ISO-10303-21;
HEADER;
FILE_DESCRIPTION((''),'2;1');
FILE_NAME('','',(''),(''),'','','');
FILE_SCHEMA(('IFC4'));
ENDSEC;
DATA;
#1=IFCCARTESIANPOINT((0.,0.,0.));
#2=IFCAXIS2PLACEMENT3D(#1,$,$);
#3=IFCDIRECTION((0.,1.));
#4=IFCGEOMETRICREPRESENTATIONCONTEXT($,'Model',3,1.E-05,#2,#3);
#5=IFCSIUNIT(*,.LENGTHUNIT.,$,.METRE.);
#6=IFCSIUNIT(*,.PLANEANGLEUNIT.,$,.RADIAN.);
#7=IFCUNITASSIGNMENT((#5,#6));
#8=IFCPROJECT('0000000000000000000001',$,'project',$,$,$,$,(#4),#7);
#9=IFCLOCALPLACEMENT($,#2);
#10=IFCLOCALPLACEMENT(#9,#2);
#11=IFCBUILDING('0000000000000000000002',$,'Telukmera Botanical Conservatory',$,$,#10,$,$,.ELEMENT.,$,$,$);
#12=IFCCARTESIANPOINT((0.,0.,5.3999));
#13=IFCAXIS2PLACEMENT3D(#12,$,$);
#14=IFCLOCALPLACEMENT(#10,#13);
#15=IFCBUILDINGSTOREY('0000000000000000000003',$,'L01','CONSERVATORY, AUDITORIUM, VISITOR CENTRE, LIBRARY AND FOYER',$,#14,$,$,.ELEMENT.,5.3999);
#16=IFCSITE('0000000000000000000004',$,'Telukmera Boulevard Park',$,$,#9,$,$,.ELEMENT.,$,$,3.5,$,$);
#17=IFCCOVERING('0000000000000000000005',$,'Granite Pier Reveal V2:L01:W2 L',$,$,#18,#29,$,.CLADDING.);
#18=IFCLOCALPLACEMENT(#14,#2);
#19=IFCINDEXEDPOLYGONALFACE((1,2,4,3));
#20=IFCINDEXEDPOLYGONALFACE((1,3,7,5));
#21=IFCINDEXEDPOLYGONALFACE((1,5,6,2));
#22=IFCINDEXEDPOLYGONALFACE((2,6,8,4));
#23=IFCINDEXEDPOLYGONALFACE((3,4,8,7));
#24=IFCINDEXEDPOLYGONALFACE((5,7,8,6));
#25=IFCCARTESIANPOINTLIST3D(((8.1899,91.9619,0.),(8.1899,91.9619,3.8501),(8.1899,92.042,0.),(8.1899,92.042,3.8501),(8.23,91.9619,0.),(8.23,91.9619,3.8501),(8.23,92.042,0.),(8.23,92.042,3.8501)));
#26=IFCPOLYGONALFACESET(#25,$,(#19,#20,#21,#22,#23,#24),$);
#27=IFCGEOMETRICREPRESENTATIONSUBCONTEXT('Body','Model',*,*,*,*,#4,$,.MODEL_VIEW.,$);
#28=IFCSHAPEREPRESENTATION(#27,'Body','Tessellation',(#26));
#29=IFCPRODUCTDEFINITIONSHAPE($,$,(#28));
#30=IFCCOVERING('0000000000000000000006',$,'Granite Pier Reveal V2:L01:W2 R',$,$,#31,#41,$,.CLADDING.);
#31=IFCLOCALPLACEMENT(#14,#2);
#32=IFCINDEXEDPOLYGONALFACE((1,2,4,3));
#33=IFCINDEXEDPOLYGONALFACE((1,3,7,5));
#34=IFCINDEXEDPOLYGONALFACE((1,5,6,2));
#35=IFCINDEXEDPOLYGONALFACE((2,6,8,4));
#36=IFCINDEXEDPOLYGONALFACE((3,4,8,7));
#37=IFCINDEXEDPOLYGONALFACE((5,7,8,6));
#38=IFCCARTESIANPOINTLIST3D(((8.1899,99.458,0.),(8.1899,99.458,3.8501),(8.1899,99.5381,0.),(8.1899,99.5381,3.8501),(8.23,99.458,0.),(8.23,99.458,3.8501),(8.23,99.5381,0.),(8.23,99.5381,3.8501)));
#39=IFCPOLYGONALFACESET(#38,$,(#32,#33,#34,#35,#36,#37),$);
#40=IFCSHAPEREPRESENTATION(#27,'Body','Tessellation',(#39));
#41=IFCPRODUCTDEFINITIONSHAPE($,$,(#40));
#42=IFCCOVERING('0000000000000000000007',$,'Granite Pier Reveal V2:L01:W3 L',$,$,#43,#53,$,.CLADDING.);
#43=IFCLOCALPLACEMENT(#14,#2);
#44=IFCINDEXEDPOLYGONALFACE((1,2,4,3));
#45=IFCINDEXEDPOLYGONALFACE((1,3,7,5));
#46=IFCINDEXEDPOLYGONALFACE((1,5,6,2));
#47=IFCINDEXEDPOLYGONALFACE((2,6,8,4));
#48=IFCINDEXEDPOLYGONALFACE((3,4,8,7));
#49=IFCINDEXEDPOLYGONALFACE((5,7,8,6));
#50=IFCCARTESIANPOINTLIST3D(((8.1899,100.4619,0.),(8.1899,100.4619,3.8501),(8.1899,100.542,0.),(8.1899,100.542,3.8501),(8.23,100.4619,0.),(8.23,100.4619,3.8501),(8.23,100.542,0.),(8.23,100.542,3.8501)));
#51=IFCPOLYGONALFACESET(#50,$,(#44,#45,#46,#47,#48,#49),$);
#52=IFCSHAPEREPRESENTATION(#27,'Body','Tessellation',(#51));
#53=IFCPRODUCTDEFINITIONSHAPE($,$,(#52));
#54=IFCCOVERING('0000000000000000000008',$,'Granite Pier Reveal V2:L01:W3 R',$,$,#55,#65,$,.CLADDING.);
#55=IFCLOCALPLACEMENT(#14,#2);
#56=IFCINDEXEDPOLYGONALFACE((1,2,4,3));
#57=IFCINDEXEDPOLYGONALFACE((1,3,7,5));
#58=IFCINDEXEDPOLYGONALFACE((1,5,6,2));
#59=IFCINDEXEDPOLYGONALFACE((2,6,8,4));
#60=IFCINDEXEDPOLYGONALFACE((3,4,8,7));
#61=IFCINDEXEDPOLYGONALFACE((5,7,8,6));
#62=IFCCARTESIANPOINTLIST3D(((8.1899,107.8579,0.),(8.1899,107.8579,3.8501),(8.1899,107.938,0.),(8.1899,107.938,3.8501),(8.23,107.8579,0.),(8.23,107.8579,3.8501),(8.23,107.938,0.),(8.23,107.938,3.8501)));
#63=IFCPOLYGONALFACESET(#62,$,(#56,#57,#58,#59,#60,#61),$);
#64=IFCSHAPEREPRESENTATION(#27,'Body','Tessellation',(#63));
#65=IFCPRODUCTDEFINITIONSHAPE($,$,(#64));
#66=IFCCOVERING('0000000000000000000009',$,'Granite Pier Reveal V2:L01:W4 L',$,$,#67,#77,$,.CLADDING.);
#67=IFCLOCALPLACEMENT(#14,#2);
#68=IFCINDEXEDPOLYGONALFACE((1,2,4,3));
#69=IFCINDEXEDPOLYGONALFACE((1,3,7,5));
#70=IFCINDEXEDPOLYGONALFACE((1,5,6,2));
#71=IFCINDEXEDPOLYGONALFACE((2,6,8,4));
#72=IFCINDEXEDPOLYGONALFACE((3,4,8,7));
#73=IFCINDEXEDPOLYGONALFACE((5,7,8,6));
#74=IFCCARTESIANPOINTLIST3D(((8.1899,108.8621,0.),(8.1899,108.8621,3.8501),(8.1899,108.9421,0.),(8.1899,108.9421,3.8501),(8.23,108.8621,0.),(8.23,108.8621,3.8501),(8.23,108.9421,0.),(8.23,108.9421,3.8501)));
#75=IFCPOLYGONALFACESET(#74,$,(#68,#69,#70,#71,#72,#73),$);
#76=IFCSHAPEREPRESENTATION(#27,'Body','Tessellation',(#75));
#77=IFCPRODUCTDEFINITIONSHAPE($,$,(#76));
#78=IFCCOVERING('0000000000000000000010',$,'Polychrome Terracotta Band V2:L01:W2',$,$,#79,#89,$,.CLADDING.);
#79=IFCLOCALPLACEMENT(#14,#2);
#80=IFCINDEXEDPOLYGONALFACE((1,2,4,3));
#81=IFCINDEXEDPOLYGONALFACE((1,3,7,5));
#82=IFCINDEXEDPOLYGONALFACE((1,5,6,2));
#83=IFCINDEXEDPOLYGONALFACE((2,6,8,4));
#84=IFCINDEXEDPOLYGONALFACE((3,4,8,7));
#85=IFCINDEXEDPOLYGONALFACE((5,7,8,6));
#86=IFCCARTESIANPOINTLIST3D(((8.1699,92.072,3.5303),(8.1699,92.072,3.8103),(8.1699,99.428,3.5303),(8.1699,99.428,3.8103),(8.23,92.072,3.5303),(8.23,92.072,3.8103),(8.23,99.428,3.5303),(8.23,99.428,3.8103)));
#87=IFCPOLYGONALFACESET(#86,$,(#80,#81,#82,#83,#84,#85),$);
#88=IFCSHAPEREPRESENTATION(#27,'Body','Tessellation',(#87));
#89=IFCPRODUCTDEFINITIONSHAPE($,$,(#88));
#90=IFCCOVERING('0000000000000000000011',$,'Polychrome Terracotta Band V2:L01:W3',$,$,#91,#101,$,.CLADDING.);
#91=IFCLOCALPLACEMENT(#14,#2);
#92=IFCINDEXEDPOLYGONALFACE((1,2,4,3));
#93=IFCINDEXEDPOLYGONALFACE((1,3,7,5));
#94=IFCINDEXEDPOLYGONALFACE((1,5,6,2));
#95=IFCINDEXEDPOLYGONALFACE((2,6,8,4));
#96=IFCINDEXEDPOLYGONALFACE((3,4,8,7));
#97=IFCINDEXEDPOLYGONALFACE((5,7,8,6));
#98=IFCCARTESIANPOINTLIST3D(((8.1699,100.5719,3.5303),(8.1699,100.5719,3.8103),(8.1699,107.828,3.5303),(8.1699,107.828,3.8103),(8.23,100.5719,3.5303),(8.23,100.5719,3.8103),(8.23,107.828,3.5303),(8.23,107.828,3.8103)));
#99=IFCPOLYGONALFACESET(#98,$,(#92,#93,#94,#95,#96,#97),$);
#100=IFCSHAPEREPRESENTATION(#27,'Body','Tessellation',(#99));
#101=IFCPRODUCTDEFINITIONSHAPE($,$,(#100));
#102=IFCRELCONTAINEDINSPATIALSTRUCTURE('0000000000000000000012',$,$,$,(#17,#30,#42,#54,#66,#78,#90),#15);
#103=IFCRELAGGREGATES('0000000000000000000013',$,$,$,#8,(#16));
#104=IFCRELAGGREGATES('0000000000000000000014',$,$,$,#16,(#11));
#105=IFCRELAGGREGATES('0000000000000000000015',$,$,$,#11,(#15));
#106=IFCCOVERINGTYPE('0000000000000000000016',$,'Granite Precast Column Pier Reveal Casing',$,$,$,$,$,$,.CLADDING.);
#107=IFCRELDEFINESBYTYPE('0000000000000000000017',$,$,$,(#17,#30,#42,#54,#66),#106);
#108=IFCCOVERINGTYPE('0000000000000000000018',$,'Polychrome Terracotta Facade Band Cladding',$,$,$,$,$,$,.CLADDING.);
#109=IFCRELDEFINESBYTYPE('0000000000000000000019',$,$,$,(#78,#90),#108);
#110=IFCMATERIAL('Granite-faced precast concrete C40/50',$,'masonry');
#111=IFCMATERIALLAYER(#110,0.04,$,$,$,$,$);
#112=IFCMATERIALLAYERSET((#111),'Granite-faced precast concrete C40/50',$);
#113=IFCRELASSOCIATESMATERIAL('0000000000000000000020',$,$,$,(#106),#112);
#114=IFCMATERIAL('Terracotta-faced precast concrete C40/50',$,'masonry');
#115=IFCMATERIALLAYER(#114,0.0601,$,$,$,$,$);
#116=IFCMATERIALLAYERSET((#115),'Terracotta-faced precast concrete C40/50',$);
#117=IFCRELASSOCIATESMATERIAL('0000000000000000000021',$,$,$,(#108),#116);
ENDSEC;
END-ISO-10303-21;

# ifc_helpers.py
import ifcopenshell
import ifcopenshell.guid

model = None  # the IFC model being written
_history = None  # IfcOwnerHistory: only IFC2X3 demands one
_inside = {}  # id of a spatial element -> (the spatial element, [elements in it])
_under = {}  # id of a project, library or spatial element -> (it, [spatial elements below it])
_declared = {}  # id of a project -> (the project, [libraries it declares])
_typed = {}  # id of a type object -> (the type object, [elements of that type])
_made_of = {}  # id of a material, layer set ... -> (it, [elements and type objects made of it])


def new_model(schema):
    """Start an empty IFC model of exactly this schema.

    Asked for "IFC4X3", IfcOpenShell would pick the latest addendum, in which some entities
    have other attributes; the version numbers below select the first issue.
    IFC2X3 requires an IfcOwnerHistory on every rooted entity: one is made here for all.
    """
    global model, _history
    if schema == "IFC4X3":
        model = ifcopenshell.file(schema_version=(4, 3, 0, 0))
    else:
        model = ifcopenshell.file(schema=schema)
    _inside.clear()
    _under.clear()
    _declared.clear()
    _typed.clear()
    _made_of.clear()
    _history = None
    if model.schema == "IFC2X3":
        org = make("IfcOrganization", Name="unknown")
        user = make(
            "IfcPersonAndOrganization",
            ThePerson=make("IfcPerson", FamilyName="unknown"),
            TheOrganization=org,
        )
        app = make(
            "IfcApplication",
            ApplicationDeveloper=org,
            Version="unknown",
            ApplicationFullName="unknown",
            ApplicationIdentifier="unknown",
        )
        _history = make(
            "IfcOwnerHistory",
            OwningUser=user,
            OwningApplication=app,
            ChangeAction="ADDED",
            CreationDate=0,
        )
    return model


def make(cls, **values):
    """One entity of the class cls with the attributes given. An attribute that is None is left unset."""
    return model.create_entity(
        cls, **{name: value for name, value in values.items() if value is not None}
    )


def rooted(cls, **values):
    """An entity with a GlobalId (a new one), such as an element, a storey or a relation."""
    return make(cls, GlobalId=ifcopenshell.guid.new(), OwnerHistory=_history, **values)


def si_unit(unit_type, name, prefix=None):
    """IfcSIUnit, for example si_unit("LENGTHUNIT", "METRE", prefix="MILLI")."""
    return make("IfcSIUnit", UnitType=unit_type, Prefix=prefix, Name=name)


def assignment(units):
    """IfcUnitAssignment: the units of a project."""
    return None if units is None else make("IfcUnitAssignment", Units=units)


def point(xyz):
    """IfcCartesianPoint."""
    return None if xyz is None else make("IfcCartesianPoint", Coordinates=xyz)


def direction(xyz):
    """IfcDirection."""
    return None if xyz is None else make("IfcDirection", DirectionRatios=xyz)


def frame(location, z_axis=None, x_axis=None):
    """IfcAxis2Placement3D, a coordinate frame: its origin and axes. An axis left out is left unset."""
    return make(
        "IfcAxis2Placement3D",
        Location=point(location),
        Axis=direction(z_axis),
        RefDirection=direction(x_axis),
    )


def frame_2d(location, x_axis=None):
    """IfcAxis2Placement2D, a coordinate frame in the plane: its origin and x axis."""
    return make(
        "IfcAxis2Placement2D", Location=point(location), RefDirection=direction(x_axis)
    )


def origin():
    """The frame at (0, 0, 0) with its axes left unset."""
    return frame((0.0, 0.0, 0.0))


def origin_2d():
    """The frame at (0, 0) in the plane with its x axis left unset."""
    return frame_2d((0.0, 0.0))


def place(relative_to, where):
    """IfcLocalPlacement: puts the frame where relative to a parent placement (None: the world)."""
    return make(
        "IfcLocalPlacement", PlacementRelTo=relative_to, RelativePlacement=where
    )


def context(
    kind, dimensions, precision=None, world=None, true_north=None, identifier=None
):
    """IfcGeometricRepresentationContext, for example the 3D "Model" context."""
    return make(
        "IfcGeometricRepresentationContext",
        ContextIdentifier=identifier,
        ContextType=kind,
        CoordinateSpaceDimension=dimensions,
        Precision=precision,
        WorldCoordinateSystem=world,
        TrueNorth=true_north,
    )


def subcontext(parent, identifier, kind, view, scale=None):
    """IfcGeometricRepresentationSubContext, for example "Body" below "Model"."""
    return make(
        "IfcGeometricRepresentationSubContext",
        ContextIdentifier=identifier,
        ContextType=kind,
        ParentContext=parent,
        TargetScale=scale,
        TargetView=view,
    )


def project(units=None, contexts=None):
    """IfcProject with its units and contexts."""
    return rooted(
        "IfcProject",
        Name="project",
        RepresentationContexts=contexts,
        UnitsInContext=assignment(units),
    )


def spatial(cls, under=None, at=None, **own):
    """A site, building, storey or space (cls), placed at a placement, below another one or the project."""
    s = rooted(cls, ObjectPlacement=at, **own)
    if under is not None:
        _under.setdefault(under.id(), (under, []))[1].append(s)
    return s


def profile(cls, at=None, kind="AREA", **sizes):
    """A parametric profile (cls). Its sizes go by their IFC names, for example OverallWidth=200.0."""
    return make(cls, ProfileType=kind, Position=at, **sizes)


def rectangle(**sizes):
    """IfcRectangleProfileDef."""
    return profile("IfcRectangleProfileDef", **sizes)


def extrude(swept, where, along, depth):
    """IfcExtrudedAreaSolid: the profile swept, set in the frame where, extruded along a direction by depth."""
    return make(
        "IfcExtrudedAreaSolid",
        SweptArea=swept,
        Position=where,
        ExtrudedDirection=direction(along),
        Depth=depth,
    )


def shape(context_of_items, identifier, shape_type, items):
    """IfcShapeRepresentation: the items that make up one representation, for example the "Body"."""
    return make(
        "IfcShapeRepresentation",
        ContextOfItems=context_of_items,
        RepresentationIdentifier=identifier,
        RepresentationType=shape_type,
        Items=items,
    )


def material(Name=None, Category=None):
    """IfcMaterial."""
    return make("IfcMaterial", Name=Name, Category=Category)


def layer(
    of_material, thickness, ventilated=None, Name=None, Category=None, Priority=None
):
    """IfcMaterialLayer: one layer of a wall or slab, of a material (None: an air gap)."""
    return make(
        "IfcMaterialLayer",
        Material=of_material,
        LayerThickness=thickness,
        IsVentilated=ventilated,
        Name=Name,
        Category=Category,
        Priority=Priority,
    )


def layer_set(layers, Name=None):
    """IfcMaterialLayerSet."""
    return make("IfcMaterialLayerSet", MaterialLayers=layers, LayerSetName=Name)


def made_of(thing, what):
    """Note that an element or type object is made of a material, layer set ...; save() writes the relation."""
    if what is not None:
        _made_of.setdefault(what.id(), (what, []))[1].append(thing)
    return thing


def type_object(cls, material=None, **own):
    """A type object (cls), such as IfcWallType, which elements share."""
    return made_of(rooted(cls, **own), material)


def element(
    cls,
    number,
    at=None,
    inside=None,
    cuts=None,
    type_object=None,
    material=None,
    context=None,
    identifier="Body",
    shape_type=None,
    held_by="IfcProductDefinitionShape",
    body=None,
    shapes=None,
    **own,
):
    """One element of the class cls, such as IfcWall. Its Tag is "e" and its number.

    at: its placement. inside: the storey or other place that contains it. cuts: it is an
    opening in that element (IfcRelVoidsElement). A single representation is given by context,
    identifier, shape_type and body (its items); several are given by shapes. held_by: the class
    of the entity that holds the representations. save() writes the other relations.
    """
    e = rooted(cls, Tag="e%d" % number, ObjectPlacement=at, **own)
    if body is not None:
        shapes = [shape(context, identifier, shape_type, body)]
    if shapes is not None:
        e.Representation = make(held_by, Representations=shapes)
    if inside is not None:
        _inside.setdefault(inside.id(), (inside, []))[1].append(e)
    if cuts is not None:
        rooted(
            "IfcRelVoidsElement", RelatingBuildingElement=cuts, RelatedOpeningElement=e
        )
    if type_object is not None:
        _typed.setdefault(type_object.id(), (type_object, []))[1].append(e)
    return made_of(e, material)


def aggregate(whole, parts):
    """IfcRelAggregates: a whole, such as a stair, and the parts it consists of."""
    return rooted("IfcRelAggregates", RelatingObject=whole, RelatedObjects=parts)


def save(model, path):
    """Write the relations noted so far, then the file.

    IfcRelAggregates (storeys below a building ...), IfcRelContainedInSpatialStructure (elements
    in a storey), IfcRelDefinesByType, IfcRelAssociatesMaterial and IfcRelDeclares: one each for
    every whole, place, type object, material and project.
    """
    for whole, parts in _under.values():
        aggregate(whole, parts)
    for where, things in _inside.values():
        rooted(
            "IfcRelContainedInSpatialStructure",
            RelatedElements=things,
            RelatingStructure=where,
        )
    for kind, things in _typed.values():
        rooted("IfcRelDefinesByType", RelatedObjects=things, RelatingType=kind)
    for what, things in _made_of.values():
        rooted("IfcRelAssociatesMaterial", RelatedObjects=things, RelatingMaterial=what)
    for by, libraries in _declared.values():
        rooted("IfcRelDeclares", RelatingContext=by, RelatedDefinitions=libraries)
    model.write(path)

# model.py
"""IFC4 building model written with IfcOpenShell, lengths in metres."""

from ifc_helpers import new_model, si_unit, direction, frame, origin, origin_2d, place, context, subcontext, project, spatial, rectangle, extrude, material, layer, layer_set, type_object, element, save


model = new_model("IFC4")

# Units and contexts
model_context = context("Model", 3, precision=1e-05, world=origin(), true_north=direction((0.0, 1.0)))
body_context = subcontext(model_context, "Body", "Model", "MODEL_VIEW")
ifc_project = project(units=[si_unit("LENGTHUNIT", "METRE"), si_unit("PLANEANGLEUNIT", "RADIAN")], contexts=[model_context])

# Site, building, storey
site_placement = place(None, origin())
site = spatial("IfcSite", under=ifc_project, at=site_placement, Name="Telukmera Boulevard Park", CompositionType="ELEMENT", RefElevation=3.5)
building_placement = place(site_placement, origin())
building = spatial("IfcBuilding", under=site, at=building_placement, Name="Telukmera Botanical Conservatory", CompositionType="ELEMENT")
storey_placement = place(building_placement, frame((0.0, 0.0, 5.3999)))
storey = spatial("IfcBuildingStorey", under=building, at=storey_placement, Name="L01", Description="CONSERVATORY, AUDITORIUM, VISITOR CENTRE, LIBRARY AND FOYER", CompositionType="ELEMENT", Elevation=5.3999)

# Shared definitions
ifc_material_1 = material(Name="Granite-faced precast concrete C40/50", Category="masonry")

# Coverings
ifc_layer_1 = layer(ifc_material_1, 0.04)
ifc_layer_set_1 = layer_set([ifc_layer_1], Name="Granite-faced precast concrete C40/50")
covering_type_1 = type_object("IfcCoveringType", Name="Granite Precast Column Pier Reveal Casing", PredefinedType="CLADDING", material=ifc_layer_set_1)
for number, where, z_axis, x_axis, name in (
    (1, (8.21, 92.002, 0.0), (0.0, 0.0, 1.0), (0.0, 1.0, 0.0), "Granite Pier Reveal V2:L01:W2 L"),
    (2, (8.21, 99.498, 0.0), (0.0, 0.0, 1.0), (0.0, 1.0, 0.0), "Granite Pier Reveal V2:L01:W2 R"),
    (3, (8.21, 100.502, 0.0), (0.0, 0.0, 1.0), (0.0, 1.0, 0.0), "Granite Pier Reveal V2:L01:W3 L"),
    (4, (8.21, 107.8979, 0.0), (0.0, 0.0, 1.0), (0.0, 1.0, 0.0), "Granite Pier Reveal V2:L01:W3 R"),
    (5, (8.21, 108.9021, 0.0), (0.0, 0.0, 1.0), (0.0, 1.0, 0.0), "Granite Pier Reveal V2:L01:W4 L"),
):
    element("IfcCovering", number, at=place(storey_placement, frame(where, z_axis=z_axis, x_axis=x_axis)), inside=storey, type_object=covering_type_1, Name=name, PredefinedType="CLADDING", context=body_context, shape_type="SweptSolid", body=[
        extrude(rectangle(XDim=0.0801, YDim=0.04, at=origin_2d()), origin(), (0.0, 0.0, 1.0), 3.8501),
    ])
ifc_material_2 = material(Name="Terracotta-faced precast concrete C40/50", Category="masonry")
ifc_layer_2 = layer(ifc_material_2, 0.0601)
ifc_layer_set_2 = layer_set([ifc_layer_2], Name="Terracotta-faced precast concrete C40/50")
covering_type_2 = type_object("IfcCoveringType", Name="Polychrome Terracotta Facade Band Cladding", PredefinedType="CLADDING", material=ifc_layer_set_2)
covering_1_placement = place(storey_placement, frame((8.2, 95.75, 3.5303), z_axis=(0.0, 0.0, 1.0), x_axis=(0.0, 1.0, 0.0)))
element("IfcCovering", 6, at=covering_1_placement, inside=storey, type_object=covering_type_2, Name="Polychrome Terracotta Band V2:L01:W2", PredefinedType="CLADDING", context=body_context, shape_type="SweptSolid", body=[
    extrude(rectangle(XDim=7.356, YDim=0.0601, at=origin_2d()), origin(), (0.0, 0.0, 1.0), 0.28),
])
covering_2_placement = place(storey_placement, frame((8.2, 104.2, 3.5303), z_axis=(0.0, 0.0, 1.0), x_axis=(0.0, 1.0, 0.0)))
element("IfcCovering", 7, at=covering_2_placement, inside=storey, type_object=covering_type_2, Name="Polychrome Terracotta Band V2:L01:W3", PredefinedType="CLADDING", context=body_context, shape_type="SweptSolid", body=[
    extrude(rectangle(XDim=7.2561, YDim=0.0601, at=origin_2d()), origin(), (0.0, 0.0, 1.0), 0.28),
])

save(model, "model.ifc")
